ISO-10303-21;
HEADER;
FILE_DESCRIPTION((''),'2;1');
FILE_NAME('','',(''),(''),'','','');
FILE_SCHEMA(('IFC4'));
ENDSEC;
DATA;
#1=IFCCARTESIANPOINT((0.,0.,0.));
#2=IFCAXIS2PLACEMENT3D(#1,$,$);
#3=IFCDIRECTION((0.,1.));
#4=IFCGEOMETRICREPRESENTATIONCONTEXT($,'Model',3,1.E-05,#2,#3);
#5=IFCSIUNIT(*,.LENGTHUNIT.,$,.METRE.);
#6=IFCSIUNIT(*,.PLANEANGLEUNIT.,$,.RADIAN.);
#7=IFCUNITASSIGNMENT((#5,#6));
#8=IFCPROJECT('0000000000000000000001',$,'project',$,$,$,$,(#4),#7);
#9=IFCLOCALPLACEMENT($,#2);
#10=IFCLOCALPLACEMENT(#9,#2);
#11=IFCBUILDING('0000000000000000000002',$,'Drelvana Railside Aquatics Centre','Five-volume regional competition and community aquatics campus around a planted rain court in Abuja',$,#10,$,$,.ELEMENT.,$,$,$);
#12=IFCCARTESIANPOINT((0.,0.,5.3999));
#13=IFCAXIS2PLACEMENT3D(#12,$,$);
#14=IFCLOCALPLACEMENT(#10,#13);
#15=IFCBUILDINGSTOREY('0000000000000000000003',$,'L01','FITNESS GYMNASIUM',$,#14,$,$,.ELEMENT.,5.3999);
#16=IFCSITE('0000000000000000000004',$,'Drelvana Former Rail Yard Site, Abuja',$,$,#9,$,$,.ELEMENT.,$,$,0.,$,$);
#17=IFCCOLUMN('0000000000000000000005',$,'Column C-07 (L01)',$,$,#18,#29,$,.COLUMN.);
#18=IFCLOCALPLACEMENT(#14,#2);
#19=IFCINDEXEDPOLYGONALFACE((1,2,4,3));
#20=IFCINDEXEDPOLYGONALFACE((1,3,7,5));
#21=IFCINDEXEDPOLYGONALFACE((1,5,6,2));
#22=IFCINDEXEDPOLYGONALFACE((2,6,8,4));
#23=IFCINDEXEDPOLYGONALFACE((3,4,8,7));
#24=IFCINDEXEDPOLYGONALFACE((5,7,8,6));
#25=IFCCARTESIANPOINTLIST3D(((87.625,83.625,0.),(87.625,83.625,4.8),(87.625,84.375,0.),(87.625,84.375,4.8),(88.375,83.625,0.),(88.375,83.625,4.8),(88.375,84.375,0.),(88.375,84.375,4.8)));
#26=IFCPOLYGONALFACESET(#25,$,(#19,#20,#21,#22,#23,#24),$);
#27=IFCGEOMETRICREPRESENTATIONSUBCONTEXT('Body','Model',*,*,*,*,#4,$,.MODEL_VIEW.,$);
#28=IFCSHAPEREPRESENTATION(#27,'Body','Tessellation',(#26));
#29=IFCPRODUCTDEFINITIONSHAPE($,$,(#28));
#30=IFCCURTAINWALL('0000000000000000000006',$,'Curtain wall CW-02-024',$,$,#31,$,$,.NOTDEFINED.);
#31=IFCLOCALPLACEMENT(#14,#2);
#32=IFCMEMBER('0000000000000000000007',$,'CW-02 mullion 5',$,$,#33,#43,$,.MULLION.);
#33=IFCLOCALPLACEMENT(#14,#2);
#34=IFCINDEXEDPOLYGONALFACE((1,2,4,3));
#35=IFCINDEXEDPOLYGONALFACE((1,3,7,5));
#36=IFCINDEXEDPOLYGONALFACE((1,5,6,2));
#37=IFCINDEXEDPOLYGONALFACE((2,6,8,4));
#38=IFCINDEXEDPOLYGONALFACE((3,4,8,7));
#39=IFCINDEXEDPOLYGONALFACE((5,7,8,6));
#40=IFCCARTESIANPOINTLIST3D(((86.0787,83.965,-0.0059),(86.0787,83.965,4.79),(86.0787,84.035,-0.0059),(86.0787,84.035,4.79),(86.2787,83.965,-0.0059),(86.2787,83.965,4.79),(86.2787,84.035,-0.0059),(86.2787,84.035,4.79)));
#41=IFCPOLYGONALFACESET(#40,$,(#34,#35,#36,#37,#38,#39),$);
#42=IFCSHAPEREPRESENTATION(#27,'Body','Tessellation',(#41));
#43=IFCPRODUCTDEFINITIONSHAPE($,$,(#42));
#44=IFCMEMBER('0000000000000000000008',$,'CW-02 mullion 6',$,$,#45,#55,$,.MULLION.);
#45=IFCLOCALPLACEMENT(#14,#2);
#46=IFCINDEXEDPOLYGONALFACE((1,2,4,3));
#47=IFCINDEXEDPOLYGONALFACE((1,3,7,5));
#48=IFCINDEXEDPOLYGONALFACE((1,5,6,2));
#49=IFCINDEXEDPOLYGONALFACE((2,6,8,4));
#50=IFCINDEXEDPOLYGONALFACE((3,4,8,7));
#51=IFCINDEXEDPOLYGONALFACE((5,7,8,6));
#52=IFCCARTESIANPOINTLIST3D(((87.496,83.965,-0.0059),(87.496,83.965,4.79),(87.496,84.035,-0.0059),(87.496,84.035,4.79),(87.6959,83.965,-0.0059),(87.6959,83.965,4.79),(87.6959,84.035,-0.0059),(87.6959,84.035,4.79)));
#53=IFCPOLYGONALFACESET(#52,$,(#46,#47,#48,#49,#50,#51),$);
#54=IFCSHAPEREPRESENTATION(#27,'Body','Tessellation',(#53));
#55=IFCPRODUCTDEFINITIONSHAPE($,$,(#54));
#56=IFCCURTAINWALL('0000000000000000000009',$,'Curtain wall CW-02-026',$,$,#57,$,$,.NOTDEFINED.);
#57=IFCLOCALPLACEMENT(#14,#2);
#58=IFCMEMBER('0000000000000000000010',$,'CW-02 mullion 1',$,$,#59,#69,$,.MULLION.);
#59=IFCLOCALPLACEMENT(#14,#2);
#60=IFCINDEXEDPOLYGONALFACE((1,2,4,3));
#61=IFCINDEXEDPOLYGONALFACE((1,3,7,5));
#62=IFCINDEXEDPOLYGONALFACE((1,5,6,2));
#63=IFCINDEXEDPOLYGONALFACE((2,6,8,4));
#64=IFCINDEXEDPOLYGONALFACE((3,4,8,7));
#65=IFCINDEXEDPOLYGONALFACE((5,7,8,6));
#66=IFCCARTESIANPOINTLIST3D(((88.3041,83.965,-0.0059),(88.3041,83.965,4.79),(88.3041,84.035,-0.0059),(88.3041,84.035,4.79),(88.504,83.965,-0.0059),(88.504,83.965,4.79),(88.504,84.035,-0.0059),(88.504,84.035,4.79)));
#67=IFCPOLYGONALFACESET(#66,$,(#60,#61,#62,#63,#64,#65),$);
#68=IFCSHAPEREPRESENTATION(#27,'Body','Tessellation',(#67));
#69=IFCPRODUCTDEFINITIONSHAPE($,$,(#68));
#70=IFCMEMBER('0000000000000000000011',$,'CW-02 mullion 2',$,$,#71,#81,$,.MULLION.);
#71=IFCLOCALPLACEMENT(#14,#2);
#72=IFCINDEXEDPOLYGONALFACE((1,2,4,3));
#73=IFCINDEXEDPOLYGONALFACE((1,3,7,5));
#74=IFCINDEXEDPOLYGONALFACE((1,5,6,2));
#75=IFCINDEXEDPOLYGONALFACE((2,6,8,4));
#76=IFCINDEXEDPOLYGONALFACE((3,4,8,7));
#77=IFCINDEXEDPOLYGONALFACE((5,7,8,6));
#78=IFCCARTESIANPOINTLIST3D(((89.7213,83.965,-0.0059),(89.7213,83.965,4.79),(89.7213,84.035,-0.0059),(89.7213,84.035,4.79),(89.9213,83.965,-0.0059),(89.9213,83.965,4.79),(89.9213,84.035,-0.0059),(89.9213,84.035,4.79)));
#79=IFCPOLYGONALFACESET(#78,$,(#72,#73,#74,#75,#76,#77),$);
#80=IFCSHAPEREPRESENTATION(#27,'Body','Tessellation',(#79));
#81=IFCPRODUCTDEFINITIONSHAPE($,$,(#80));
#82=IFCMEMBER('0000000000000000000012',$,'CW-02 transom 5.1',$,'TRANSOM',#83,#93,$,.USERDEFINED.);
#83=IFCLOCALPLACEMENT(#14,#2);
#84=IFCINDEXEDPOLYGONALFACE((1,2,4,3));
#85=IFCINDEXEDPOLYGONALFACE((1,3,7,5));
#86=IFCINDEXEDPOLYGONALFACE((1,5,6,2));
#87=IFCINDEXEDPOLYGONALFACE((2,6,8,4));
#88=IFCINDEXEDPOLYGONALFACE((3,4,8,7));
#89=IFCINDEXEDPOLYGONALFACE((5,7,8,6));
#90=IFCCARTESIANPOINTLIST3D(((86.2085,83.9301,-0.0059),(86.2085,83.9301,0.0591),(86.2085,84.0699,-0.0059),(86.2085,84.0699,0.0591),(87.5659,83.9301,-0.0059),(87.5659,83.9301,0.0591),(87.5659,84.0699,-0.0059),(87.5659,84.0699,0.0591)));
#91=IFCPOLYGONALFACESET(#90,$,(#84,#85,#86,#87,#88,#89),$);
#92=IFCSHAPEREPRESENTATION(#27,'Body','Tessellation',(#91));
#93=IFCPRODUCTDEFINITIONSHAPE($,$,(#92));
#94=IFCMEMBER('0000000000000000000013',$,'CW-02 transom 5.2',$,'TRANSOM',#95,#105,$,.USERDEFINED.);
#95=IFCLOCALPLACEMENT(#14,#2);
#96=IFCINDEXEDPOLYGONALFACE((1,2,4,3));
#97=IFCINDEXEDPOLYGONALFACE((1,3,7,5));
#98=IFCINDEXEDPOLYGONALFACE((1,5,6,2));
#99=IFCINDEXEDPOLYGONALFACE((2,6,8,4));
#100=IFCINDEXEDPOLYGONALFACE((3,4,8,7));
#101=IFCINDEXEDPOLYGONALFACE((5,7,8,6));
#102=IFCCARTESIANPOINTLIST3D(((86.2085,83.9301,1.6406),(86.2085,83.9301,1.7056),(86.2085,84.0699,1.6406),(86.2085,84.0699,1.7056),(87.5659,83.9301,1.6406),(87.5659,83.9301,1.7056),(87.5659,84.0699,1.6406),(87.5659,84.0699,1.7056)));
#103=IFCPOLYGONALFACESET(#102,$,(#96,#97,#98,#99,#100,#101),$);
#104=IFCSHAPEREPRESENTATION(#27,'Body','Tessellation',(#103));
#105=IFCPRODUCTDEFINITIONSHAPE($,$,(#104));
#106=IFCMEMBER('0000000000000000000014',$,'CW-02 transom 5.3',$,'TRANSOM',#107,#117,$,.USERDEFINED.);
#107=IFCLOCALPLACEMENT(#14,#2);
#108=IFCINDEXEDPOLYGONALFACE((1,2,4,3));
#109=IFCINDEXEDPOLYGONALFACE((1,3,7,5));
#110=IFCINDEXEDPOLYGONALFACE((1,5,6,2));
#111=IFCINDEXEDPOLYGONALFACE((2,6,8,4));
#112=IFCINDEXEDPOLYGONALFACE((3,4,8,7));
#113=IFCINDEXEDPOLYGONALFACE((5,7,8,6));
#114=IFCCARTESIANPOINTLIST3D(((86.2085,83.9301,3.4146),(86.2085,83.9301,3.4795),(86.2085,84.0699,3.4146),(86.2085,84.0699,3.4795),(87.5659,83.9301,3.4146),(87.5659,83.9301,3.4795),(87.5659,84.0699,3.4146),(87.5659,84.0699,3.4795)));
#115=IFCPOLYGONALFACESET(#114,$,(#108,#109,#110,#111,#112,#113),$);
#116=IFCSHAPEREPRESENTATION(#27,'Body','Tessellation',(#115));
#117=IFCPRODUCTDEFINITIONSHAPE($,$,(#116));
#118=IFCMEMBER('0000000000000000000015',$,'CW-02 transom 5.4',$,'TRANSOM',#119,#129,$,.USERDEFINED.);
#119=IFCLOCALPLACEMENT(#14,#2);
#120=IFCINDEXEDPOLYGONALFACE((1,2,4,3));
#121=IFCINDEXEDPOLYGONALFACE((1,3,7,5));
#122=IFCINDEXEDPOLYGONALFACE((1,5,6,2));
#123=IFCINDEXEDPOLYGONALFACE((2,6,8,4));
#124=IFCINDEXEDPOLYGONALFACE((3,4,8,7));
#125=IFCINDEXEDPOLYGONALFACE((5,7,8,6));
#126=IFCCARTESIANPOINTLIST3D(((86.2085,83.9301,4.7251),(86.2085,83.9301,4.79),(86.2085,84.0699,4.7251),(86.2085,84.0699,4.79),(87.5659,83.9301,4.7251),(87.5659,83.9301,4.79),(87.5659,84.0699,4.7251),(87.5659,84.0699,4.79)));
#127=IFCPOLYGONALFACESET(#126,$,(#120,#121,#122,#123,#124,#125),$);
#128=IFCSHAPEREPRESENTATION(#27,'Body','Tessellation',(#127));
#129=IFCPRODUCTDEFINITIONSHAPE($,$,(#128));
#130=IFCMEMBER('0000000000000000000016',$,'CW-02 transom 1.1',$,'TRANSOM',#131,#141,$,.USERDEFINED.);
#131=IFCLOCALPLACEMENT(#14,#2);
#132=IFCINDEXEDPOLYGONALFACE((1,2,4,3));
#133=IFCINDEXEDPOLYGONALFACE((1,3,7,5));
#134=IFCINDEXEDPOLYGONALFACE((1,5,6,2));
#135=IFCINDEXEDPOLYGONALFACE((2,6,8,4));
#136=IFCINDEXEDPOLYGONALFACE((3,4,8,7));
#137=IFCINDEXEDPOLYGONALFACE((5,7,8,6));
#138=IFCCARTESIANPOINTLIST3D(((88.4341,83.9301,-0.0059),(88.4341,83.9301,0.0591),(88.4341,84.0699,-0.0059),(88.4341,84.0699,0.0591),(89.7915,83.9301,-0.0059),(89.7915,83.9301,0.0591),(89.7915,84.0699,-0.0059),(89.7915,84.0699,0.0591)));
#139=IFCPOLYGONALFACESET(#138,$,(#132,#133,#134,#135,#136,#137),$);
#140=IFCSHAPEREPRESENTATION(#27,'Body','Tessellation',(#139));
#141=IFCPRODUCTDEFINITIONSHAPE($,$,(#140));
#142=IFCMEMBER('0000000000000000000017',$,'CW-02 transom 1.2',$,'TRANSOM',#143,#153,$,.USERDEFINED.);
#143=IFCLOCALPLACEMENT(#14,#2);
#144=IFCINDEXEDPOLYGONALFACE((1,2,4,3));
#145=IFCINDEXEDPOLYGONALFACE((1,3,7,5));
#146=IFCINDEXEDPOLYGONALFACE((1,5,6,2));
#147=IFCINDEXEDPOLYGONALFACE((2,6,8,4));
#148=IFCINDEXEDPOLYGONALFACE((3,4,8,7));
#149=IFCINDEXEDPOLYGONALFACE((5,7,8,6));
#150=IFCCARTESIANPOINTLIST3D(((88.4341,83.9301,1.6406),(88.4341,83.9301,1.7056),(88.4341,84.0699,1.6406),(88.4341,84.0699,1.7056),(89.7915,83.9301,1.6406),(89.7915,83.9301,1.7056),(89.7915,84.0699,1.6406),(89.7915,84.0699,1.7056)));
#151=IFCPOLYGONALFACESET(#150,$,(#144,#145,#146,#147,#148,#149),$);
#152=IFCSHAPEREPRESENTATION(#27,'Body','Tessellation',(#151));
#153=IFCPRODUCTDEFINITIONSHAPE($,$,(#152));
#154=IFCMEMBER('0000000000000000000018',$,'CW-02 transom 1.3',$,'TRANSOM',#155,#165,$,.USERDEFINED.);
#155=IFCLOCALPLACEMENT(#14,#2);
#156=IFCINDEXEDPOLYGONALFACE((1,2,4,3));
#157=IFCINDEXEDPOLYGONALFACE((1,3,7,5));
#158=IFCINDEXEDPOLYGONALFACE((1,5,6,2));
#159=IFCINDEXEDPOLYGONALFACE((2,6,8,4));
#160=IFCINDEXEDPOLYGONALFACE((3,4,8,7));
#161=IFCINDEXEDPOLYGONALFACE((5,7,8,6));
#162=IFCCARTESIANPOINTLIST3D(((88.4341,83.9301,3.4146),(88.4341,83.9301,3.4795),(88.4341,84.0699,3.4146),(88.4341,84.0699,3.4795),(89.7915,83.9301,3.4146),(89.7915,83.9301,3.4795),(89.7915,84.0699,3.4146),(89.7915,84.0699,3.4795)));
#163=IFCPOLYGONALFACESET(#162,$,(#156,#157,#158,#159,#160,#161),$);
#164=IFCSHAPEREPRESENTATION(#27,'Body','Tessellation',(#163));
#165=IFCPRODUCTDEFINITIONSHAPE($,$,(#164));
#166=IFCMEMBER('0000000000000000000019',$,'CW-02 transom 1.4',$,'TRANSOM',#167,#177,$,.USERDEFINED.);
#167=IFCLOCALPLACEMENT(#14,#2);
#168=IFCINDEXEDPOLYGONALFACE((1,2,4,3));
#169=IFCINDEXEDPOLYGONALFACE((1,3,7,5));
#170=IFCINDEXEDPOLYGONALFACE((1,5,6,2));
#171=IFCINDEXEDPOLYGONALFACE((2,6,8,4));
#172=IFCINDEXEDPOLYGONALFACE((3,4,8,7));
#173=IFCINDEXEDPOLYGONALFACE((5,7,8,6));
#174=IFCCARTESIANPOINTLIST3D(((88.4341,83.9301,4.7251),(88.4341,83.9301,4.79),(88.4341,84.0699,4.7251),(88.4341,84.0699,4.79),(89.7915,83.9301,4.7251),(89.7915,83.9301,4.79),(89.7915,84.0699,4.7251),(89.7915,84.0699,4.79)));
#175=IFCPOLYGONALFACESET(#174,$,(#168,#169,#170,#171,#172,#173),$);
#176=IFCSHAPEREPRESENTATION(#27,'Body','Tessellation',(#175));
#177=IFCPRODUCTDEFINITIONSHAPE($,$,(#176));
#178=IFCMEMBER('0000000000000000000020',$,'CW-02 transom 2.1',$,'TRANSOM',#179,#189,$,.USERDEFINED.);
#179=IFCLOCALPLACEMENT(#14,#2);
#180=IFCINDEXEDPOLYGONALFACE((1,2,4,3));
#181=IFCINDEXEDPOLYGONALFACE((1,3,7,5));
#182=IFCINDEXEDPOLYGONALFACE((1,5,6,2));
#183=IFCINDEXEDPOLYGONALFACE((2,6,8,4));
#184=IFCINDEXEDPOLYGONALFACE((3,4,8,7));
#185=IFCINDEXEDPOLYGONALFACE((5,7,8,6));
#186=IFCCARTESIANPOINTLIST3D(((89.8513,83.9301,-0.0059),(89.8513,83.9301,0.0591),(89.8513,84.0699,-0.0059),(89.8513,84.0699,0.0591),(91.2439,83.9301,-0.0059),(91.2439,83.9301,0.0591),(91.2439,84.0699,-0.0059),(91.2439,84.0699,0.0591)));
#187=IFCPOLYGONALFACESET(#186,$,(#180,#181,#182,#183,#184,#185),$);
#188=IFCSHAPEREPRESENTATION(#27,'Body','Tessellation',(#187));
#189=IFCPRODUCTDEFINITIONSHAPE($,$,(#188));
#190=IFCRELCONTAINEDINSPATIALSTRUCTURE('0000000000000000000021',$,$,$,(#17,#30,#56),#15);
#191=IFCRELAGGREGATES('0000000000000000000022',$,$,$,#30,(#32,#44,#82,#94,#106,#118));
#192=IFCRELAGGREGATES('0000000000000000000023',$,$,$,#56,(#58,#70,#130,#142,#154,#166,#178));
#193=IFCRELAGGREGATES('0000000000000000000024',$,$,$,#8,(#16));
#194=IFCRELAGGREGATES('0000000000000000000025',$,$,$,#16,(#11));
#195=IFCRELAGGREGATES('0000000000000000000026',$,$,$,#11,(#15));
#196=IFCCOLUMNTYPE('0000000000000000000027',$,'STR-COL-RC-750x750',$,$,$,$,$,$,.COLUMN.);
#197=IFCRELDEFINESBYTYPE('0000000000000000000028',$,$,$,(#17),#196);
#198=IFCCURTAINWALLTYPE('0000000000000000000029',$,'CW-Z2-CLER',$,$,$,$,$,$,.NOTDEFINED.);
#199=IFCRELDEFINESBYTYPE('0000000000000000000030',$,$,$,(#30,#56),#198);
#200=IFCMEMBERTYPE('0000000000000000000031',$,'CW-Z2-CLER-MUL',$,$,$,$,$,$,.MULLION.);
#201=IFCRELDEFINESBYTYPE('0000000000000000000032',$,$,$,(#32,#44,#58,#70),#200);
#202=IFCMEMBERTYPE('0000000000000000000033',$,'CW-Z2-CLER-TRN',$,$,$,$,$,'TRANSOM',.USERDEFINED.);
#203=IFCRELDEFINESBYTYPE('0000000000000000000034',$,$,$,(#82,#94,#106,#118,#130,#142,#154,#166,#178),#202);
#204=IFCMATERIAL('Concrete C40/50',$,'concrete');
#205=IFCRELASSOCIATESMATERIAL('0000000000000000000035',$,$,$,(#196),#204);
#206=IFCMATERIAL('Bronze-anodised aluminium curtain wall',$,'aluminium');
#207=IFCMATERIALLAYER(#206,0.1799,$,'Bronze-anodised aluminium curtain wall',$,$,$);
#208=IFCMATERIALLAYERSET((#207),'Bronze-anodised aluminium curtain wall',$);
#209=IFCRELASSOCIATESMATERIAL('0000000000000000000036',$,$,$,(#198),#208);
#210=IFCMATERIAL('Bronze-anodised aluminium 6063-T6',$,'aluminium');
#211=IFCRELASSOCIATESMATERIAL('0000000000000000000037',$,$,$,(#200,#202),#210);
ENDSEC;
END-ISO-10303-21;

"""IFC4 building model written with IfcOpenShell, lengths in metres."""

from ifc_helpers import new_model, si_unit, direction, frame, origin, origin_2d, place, context, subcontext, project, spatial, rectangle, extrude, material, layer, layer_set, material_profile, profile_set, type_object, element, aggregate, save


model = new_model("IFC4")

# Units and contexts
model_context = context("Model", 3, precision=1e-05, world=origin(), true_north=direction((0.0, 1.0)))
body_context = subcontext(model_context, "Body", "Model", "MODEL_VIEW")
ifc_project = project(units=[si_unit("LENGTHUNIT", "METRE"), si_unit("PLANEANGLEUNIT", "RADIAN")], contexts=[model_context])

# Site, building, storey
site_placement = place(None, origin())
site = spatial("IfcSite", under=ifc_project, at=site_placement, Name="Drelvana Former Rail Yard Site, Abuja", CompositionType="ELEMENT", RefElevation=0.0)
building_placement = place(site_placement, origin())
building = spatial("IfcBuilding", under=site, at=building_placement, Name="Drelvana Railside Aquatics Centre", Description="Five-volume regional competition and community aquatics campus around a planted rain court in Abuja", CompositionType="ELEMENT")
storey_placement = place(building_placement, frame((0.0, 0.0, 5.3999)))
storey = spatial("IfcBuildingStorey", under=building, at=storey_placement, Name="L01", Description="FITNESS GYMNASIUM", CompositionType="ELEMENT", Elevation=5.3999)

# Column
ifc_material_1 = material(Name="Concrete C40/50", Category="concrete")
ifc_material_profile_1 = material_profile(ifc_material_1, rectangle(XDim=0.75, YDim=0.75, at=origin_2d()), Name="RC 750x750")
ifc_profile_set_1 = profile_set([ifc_material_profile_1], Name="Concrete C40/50")
column_type = type_object("IfcColumnType", Name="STR-COL-RC-750x750", PredefinedType="COLUMN", material=ifc_profile_set_1)
column_placement = place(storey_placement, frame((88.0, 84.0, 0.0), z_axis=(0.0, 0.0, 1.0), x_axis=(1.0, 0.0, 0.0)))
element("IfcColumn", 1, at=column_placement, inside=storey, type_object=column_type, Name="Column C-07 (L01)", PredefinedType="COLUMN", context=body_context, shape_type="SweptSolid", body=[
    extrude(rectangle(XDim=0.75, YDim=0.75, at=origin_2d()), origin(), (0.0, 0.0, 1.0), 4.8),
])

# Curtain walls, members
ifc_material_2 = material(Name="Bronze-anodised aluminium curtain wall", Category="aluminium")
ifc_layer_1 = layer(ifc_material_2, 0.1799, Name="Bronze-anodised aluminium curtain wall")
ifc_layer_set_1 = layer_set([ifc_layer_1], Name="Bronze-anodised aluminium curtain wall")
curtain_wall_type = type_object("IfcCurtainWallType", Name="CW-Z2-CLER", PredefinedType="NOTDEFINED", material=ifc_layer_set_1)
curtain_wall_1_placement = place(storey_placement, origin())
curtain_wall_1 = element("IfcCurtainWall", 2, at=curtain_wall_1_placement, inside=storey, type_object=curtain_wall_type, Name="Curtain wall CW-02-024", PredefinedType="NOTDEFINED")
ifc_material_3 = material(Name="Bronze-anodised aluminium 6063-T6", Category="aluminium")
ifc_material_profile_2 = material_profile(ifc_material_3, rectangle(XDim=0.0701, YDim=0.2, at=origin_2d()), Name="ALU-M 70x200")
ifc_profile_set_2 = profile_set([ifc_material_profile_2], Name="Bronze-anodised aluminium 6063-T6")
member_type_1 = type_object("IfcMemberType", Name="CW-Z2-CLER-MUL", PredefinedType="MULLION", material=ifc_profile_set_2)
member_1_placement = place(storey_placement, frame((86.1787, 84.0, -0.0059), z_axis=(0.0, 0.0, 1.0), x_axis=(0.0, 1.0, 0.0)))
member_1 = element("IfcMember", 3, at=member_1_placement, type_object=member_type_1, Name="CW-02 mullion 5", PredefinedType="MULLION", context=body_context, shape_type="SweptSolid", body=[
    extrude(rectangle(XDim=0.0701, YDim=0.2, at=origin_2d()), origin(), (0.0, 0.0, 1.0), 4.7959),
])
member_2_placement = place(storey_placement, frame((87.5959, 84.0, -0.0059), z_axis=(0.0, 0.0, 1.0), x_axis=(0.0, 1.0, 0.0)))
member_2 = element("IfcMember", 4, at=member_2_placement, type_object=member_type_1, Name="CW-02 mullion 6", PredefinedType="MULLION", context=body_context, shape_type="SweptSolid", body=[
    extrude(rectangle(XDim=0.0701, YDim=0.2, at=origin_2d()), origin(), (0.0, 0.0, 1.0), 4.7959),
])
curtain_wall_2_placement = place(storey_placement, origin())
curtain_wall_2 = element("IfcCurtainWall", 5, at=curtain_wall_2_placement, inside=storey, type_object=curtain_wall_type, Name="Curtain wall CW-02-026", PredefinedType="NOTDEFINED")
member_3_placement = place(storey_placement, frame((88.4041, 84.0, -0.0059), z_axis=(0.0, 0.0, 1.0), x_axis=(0.0, 1.0, 0.0)))
member_3 = element("IfcMember", 6, at=member_3_placement, type_object=member_type_1, Name="CW-02 mullion 1", PredefinedType="MULLION", context=body_context, shape_type="SweptSolid", body=[
    extrude(rectangle(XDim=0.0701, YDim=0.2, at=origin_2d()), origin(), (0.0, 0.0, 1.0), 4.7959),
])
member_4_placement = place(storey_placement, frame((89.8213, 84.0, -0.0059), z_axis=(0.0, 0.0, 1.0), x_axis=(0.0, 1.0, 0.0)))
member_4 = element("IfcMember", 7, at=member_4_placement, type_object=member_type_1, Name="CW-02 mullion 2", PredefinedType="MULLION", context=body_context, shape_type="SweptSolid", body=[
    extrude(rectangle(XDim=0.0701, YDim=0.2, at=origin_2d()), origin(), (0.0, 0.0, 1.0), 4.7959),
])

# Members
ifc_material_profile_3 = material_profile(ifc_material_3, rectangle(XDim=0.1399, YDim=0.0649, at=origin_2d()), Name="ALU-T 65x140")
ifc_profile_set_3 = profile_set([ifc_material_profile_3], Name="Bronze-anodised aluminium 6063-T6")
member_type_2 = type_object("IfcMemberType", Name="CW-Z2-CLER-TRN", ElementType="TRANSOM", PredefinedType="USERDEFINED", material=ifc_profile_set_3)
member_5_placement = place(storey_placement, frame((86.2085, 84.0, 0.0266), z_axis=(1.0, 0.0, 0.0), x_axis=(0.0, 1.0, 0.0)))
member_5 = element("IfcMember", 8, at=member_5_placement, type_object=member_type_2, Name="CW-02 transom 5.1", ObjectType="TRANSOM", PredefinedType="USERDEFINED", context=body_context, shape_type="SweptSolid", body=[
    extrude(rectangle(XDim=0.1399, YDim=0.0649, at=origin_2d()), origin(), (0.0, 0.0, 1.0), 1.3574),
])
member_6_placement = place(storey_placement, frame((86.2085, 84.0, 1.6731), z_axis=(1.0, 0.0, 0.0), x_axis=(0.0, 1.0, 0.0)))
member_6 = element("IfcMember", 9, at=member_6_placement, type_object=member_type_2, Name="CW-02 transom 5.2", ObjectType="TRANSOM", PredefinedType="USERDEFINED", context=body_context, shape_type="SweptSolid", body=[
    extrude(rectangle(XDim=0.1399, YDim=0.0649, at=origin_2d()), origin(), (0.0, 0.0, 1.0), 1.3574),
])
member_7_placement = place(storey_placement, frame((86.2085, 84.0, 3.447), z_axis=(1.0, 0.0, 0.0), x_axis=(0.0, 1.0, 0.0)))
member_7 = element("IfcMember", 10, at=member_7_placement, type_object=member_type_2, Name="CW-02 transom 5.3", ObjectType="TRANSOM", PredefinedType="USERDEFINED", context=body_context, shape_type="SweptSolid", body=[
    extrude(rectangle(XDim=0.1399, YDim=0.0649, at=origin_2d()), origin(), (0.0, 0.0, 1.0), 1.3574),
])
member_8_placement = place(storey_placement, frame((86.2085, 84.0, 4.7576), z_axis=(1.0, 0.0, 0.0), x_axis=(0.0, 1.0, 0.0)))
member_8 = element("IfcMember", 11, at=member_8_placement, type_object=member_type_2, Name="CW-02 transom 5.4", ObjectType="TRANSOM", PredefinedType="USERDEFINED", context=body_context, shape_type="SweptSolid", body=[
    extrude(rectangle(XDim=0.1399, YDim=0.0649, at=origin_2d()), origin(), (0.0, 0.0, 1.0), 1.3574),
])
member_9_placement = place(storey_placement, frame((88.4341, 84.0, 0.0266), z_axis=(1.0, 0.0, 0.0), x_axis=(0.0, 1.0, 0.0)))
member_9 = element("IfcMember", 12, at=member_9_placement, type_object=member_type_2, Name="CW-02 transom 1.1", ObjectType="TRANSOM", PredefinedType="USERDEFINED", context=body_context, shape_type="SweptSolid", body=[
    extrude(rectangle(XDim=0.1399, YDim=0.0649, at=origin_2d()), origin(), (0.0, 0.0, 1.0), 1.3574),
])
member_10_placement = place(storey_placement, frame((88.4341, 84.0, 1.6731), z_axis=(1.0, 0.0, 0.0), x_axis=(0.0, 1.0, 0.0)))
member_10 = element("IfcMember", 13, at=member_10_placement, type_object=member_type_2, Name="CW-02 transom 1.2", ObjectType="TRANSOM", PredefinedType="USERDEFINED", context=body_context, shape_type="SweptSolid", body=[
    extrude(rectangle(XDim=0.1399, YDim=0.0649, at=origin_2d()), origin(), (0.0, 0.0, 1.0), 1.3574),
])
member_11_placement = place(storey_placement, frame((88.4341, 84.0, 3.447), z_axis=(1.0, 0.0, 0.0), x_axis=(0.0, 1.0, 0.0)))
member_11 = element("IfcMember", 14, at=member_11_placement, type_object=member_type_2, Name="CW-02 transom 1.3", ObjectType="TRANSOM", PredefinedType="USERDEFINED", context=body_context, shape_type="SweptSolid", body=[
    extrude(rectangle(XDim=0.1399, YDim=0.0649, at=origin_2d()), origin(), (0.0, 0.0, 1.0), 1.3574),
])
member_12_placement = place(storey_placement, frame((88.4341, 84.0, 4.7576), z_axis=(1.0, 0.0, 0.0), x_axis=(0.0, 1.0, 0.0)))
member_12 = element("IfcMember", 15, at=member_12_placement, type_object=member_type_2, Name="CW-02 transom 1.4", ObjectType="TRANSOM", PredefinedType="USERDEFINED", context=body_context, shape_type="SweptSolid", body=[
    extrude(rectangle(XDim=0.1399, YDim=0.0649, at=origin_2d()), origin(), (0.0, 0.0, 1.0), 1.3574),
])
member_13_placement = place(storey_placement, frame((89.8513, 84.0, 0.0266), z_axis=(1.0, 0.0, 0.0), x_axis=(0.0, 1.0, 0.0)))
member_13 = element("IfcMember", 16, at=member_13_placement, type_object=member_type_2, Name="CW-02 transom 2.1", ObjectType="TRANSOM", PredefinedType="USERDEFINED", context=body_context, shape_type="SweptSolid", body=[
    extrude(rectangle(XDim=0.1399, YDim=0.0649, at=origin_2d()), origin(), (0.0, 0.0, 1.0), 1.3926),
])

aggregate(curtain_wall_1, [member_1, member_2, member_5, member_6, member_7, member_8])
aggregate(curtain_wall_2, [member_3, member_4, member_9, member_10, member_11, member_12, member_13])

save(model, "model.ifc")
